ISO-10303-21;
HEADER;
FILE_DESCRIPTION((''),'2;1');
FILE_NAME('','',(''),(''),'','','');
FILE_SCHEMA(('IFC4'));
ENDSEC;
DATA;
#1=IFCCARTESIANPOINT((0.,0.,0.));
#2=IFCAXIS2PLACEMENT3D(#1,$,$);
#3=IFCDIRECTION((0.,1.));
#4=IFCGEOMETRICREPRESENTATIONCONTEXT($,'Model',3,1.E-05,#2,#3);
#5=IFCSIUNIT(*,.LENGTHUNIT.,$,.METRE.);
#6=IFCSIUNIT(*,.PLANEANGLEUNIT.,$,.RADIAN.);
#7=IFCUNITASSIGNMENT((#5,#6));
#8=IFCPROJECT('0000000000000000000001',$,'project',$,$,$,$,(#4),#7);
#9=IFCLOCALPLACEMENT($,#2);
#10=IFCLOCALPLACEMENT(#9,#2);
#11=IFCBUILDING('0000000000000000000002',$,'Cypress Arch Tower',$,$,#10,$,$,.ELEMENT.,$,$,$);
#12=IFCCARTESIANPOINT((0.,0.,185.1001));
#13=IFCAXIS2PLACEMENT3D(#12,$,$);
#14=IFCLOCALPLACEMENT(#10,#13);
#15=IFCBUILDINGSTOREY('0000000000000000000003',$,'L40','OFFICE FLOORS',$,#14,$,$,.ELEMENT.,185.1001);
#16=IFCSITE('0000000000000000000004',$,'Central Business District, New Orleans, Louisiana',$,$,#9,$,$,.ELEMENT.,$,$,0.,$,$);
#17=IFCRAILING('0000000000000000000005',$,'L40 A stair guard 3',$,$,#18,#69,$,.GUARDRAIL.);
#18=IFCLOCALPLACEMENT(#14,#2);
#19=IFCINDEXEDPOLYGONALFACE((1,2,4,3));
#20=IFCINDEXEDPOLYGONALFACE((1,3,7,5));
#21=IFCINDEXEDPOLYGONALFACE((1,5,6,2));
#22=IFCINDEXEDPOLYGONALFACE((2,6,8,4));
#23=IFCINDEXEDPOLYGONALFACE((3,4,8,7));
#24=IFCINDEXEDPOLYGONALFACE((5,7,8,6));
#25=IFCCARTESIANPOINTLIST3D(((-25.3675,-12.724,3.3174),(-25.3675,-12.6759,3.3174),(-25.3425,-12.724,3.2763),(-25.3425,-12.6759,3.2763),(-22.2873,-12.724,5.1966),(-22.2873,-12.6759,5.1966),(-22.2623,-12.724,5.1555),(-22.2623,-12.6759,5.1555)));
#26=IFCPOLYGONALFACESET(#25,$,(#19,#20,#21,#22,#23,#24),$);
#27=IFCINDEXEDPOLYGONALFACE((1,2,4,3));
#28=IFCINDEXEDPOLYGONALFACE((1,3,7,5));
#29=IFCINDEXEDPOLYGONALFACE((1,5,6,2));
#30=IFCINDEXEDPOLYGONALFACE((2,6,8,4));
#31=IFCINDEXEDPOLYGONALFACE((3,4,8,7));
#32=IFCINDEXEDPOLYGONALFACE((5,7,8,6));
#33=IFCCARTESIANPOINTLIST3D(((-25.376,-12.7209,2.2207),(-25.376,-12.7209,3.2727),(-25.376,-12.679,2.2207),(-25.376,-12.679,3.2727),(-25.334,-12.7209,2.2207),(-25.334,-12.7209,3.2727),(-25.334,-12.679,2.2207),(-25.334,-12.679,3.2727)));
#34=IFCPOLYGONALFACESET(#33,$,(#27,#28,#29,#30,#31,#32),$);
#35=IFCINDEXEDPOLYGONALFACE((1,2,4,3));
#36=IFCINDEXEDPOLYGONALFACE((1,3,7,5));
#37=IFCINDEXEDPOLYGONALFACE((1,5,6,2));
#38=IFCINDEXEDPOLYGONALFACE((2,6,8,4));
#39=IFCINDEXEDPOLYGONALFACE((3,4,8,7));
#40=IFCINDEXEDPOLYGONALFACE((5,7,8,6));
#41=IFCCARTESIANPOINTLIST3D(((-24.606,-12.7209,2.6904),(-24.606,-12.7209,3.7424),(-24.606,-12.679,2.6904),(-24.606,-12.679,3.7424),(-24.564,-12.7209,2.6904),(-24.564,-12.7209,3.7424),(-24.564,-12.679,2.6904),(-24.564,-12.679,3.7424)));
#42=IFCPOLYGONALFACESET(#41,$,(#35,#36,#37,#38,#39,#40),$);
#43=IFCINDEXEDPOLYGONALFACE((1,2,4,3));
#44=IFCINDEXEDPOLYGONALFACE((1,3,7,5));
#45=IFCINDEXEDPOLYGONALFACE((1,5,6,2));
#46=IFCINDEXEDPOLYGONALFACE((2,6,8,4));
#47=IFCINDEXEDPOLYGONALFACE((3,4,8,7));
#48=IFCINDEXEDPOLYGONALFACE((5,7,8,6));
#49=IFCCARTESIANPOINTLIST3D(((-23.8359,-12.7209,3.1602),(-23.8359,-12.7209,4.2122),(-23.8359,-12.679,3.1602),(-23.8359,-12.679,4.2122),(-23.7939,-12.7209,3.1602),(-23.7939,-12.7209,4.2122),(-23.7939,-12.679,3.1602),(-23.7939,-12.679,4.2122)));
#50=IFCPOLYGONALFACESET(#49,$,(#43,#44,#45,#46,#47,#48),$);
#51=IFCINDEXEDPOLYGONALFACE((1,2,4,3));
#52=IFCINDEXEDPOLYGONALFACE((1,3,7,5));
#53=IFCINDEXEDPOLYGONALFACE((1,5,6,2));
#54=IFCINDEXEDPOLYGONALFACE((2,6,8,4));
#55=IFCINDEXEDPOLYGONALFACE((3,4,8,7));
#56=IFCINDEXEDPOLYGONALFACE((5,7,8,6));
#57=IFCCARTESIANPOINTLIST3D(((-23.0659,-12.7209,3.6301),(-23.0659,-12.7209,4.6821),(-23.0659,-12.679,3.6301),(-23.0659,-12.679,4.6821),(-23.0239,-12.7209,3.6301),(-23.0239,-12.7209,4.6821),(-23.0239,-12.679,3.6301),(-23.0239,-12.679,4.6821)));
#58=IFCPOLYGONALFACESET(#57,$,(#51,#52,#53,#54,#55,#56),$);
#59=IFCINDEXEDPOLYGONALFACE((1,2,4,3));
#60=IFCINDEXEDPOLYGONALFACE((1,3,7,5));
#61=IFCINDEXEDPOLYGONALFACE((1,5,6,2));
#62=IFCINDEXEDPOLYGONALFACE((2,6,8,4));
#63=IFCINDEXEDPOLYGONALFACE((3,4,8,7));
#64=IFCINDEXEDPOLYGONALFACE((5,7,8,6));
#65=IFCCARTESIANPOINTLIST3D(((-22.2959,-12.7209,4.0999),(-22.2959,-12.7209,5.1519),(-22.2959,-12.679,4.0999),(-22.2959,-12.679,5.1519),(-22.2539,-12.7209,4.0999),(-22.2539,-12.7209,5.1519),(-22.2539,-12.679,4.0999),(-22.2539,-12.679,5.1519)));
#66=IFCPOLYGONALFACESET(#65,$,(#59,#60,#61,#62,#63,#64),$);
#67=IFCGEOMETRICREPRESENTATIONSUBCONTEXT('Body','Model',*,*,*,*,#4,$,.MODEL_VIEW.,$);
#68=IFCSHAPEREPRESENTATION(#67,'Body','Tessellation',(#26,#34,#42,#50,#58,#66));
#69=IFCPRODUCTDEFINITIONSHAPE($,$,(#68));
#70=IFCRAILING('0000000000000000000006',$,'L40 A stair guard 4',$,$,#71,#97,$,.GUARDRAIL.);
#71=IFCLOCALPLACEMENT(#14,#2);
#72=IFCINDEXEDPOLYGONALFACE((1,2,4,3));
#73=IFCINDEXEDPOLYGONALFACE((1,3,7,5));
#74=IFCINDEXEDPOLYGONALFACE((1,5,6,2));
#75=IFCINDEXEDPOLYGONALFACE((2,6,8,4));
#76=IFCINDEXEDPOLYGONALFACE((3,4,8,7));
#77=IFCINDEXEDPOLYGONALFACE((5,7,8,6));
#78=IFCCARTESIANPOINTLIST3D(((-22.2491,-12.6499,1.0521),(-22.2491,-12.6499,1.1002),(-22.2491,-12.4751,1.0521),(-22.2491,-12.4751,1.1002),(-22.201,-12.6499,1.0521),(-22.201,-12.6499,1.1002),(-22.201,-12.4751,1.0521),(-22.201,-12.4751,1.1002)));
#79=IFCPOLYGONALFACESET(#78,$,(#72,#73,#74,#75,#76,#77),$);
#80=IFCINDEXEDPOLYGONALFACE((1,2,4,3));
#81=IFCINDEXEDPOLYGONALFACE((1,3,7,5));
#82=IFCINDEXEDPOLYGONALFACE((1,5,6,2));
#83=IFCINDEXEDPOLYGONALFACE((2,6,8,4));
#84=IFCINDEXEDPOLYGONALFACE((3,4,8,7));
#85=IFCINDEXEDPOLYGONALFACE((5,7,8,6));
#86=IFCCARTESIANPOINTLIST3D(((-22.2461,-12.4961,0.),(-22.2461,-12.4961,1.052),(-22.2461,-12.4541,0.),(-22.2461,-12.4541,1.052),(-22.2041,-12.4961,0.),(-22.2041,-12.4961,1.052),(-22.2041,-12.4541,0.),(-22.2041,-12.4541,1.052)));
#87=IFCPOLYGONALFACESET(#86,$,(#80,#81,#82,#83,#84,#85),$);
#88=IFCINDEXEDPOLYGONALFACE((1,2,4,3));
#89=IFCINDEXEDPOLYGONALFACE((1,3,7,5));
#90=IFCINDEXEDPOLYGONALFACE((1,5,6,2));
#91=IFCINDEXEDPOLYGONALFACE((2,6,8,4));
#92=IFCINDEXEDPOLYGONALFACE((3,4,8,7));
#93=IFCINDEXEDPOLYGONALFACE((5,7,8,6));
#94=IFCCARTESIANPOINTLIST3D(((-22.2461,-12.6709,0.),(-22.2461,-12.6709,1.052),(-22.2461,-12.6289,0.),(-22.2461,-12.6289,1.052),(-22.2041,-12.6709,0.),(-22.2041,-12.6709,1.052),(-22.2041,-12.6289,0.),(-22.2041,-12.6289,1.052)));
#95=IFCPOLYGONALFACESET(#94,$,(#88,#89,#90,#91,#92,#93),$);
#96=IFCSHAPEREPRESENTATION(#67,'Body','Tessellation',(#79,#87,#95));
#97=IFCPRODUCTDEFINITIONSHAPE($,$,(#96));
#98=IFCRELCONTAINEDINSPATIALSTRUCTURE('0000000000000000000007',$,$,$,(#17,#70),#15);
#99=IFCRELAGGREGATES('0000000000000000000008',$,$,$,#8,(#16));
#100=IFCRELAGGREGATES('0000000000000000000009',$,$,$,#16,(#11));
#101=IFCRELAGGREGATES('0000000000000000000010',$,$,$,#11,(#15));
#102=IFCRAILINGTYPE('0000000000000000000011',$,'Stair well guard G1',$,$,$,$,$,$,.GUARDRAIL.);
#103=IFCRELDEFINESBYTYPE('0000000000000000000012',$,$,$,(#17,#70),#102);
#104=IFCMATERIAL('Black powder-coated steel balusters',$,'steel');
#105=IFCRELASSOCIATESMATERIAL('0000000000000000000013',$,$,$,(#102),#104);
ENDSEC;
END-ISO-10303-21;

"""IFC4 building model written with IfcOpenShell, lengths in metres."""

from ifc_helpers import new_model, si_unit, direction, frame, origin, origin_2d, place, context, subcontext, project, spatial, rectangle, extrude, material, type_object, element, save


model = new_model("IFC4")

# Units and contexts
model_context = context("Model", 3, precision=1e-05, world=origin(), true_north=direction((0.0, 1.0)))
body_context = subcontext(model_context, "Body", "Model", "MODEL_VIEW")
ifc_project = project(units=[si_unit("LENGTHUNIT", "METRE"), si_unit("PLANEANGLEUNIT", "RADIAN")], contexts=[model_context])

# Site, building, storey
site_placement = place(None, origin())
site = spatial("IfcSite", under=ifc_project, at=site_placement, Name="Central Business District, New Orleans, Louisiana", CompositionType="ELEMENT", RefElevation=0.0)
building_placement = place(site_placement, origin())
building = spatial("IfcBuilding", under=site, at=building_placement, Name="Cypress Arch Tower", CompositionType="ELEMENT")
storey_placement = place(building_placement, frame((0.0, 0.0, 185.1001)))
storey = spatial("IfcBuildingStorey", under=building, at=storey_placement, Name="L40", Description="OFFICE FLOORS", CompositionType="ELEMENT", Elevation=185.1001)

# Railings
ifc_material_1 = material(Name="Black powder-coated steel balusters", Category="steel")
railing_type_1 = type_object("IfcRailingType", Name="Stair well guard G1", PredefinedType="GUARDRAIL", material=ifc_material_1)
railing_1_placement = place(storey_placement, frame((-25.355, -12.7, 2.2207)))
element("IfcRailing", 1, at=railing_1_placement, inside=storey, type_object=railing_type_1, Name="L40 A stair guard 3", PredefinedType="GUARDRAIL", context=body_context, shape_type="SweptSolid", body=[
    extrude(rectangle(XDim=0.0481, YDim=0.0481, at=origin_2d()), frame((0.0, 0.0, 1.0762), z_axis=(0.853666, 0.0, 0.52082), x_axis=(0.0, 1.0, 0.0)), (0.0, 0.0, 1.0), 3.6082),
    extrude(rectangle(XDim=0.042, YDim=0.042, at=origin_2d()), origin(), (0.0, 0.0, 1.0), 1.052),
    extrude(rectangle(XDim=0.042, YDim=0.042, at=origin_2d()), frame((0.77, 0.0, 0.4697)), (0.0, 0.0, 1.0), 1.052),
    extrude(rectangle(XDim=0.042, YDim=0.042, at=origin_2d()), frame((1.54, 0.0, 0.9395)), (0.0, 0.0, 1.0), 1.052),
    extrude(rectangle(XDim=0.042, YDim=0.042, at=origin_2d()), frame((2.3101, 0.0, 1.4094)), (0.0, 0.0, 1.0), 1.052),
    extrude(rectangle(XDim=0.042, YDim=0.042, at=origin_2d()), frame((3.0801, 0.0, 1.8792)), (0.0, 0.0, 1.0), 1.052),
])
railing_2_placement = place(storey_placement, frame((-22.2251, -12.4751, 0.0)))
element("IfcRailing", 2, at=railing_2_placement, inside=storey, type_object=railing_type_1, Name="L40 A stair guard 4", PredefinedType="GUARDRAIL", context=body_context, shape_type="SweptSolid", body=[
    extrude(rectangle(XDim=0.0481, YDim=0.0481, at=origin_2d()), frame((0.0, 0.0, 1.0762), z_axis=(0.0, -1.0, 0.0), x_axis=(1.0, 0.0, 0.0)), (0.0, 0.0, 1.0), 0.1748),
    extrude(rectangle(XDim=0.042, YDim=0.042, at=origin_2d()), origin(), (0.0, 0.0, 1.0), 1.052),
    extrude(rectangle(XDim=0.042, YDim=0.042, at=origin_2d()), frame((0.0, -0.1748, 0.0)), (0.0, 0.0, 1.0), 1.052),
])

save(model, "model.ifc")
